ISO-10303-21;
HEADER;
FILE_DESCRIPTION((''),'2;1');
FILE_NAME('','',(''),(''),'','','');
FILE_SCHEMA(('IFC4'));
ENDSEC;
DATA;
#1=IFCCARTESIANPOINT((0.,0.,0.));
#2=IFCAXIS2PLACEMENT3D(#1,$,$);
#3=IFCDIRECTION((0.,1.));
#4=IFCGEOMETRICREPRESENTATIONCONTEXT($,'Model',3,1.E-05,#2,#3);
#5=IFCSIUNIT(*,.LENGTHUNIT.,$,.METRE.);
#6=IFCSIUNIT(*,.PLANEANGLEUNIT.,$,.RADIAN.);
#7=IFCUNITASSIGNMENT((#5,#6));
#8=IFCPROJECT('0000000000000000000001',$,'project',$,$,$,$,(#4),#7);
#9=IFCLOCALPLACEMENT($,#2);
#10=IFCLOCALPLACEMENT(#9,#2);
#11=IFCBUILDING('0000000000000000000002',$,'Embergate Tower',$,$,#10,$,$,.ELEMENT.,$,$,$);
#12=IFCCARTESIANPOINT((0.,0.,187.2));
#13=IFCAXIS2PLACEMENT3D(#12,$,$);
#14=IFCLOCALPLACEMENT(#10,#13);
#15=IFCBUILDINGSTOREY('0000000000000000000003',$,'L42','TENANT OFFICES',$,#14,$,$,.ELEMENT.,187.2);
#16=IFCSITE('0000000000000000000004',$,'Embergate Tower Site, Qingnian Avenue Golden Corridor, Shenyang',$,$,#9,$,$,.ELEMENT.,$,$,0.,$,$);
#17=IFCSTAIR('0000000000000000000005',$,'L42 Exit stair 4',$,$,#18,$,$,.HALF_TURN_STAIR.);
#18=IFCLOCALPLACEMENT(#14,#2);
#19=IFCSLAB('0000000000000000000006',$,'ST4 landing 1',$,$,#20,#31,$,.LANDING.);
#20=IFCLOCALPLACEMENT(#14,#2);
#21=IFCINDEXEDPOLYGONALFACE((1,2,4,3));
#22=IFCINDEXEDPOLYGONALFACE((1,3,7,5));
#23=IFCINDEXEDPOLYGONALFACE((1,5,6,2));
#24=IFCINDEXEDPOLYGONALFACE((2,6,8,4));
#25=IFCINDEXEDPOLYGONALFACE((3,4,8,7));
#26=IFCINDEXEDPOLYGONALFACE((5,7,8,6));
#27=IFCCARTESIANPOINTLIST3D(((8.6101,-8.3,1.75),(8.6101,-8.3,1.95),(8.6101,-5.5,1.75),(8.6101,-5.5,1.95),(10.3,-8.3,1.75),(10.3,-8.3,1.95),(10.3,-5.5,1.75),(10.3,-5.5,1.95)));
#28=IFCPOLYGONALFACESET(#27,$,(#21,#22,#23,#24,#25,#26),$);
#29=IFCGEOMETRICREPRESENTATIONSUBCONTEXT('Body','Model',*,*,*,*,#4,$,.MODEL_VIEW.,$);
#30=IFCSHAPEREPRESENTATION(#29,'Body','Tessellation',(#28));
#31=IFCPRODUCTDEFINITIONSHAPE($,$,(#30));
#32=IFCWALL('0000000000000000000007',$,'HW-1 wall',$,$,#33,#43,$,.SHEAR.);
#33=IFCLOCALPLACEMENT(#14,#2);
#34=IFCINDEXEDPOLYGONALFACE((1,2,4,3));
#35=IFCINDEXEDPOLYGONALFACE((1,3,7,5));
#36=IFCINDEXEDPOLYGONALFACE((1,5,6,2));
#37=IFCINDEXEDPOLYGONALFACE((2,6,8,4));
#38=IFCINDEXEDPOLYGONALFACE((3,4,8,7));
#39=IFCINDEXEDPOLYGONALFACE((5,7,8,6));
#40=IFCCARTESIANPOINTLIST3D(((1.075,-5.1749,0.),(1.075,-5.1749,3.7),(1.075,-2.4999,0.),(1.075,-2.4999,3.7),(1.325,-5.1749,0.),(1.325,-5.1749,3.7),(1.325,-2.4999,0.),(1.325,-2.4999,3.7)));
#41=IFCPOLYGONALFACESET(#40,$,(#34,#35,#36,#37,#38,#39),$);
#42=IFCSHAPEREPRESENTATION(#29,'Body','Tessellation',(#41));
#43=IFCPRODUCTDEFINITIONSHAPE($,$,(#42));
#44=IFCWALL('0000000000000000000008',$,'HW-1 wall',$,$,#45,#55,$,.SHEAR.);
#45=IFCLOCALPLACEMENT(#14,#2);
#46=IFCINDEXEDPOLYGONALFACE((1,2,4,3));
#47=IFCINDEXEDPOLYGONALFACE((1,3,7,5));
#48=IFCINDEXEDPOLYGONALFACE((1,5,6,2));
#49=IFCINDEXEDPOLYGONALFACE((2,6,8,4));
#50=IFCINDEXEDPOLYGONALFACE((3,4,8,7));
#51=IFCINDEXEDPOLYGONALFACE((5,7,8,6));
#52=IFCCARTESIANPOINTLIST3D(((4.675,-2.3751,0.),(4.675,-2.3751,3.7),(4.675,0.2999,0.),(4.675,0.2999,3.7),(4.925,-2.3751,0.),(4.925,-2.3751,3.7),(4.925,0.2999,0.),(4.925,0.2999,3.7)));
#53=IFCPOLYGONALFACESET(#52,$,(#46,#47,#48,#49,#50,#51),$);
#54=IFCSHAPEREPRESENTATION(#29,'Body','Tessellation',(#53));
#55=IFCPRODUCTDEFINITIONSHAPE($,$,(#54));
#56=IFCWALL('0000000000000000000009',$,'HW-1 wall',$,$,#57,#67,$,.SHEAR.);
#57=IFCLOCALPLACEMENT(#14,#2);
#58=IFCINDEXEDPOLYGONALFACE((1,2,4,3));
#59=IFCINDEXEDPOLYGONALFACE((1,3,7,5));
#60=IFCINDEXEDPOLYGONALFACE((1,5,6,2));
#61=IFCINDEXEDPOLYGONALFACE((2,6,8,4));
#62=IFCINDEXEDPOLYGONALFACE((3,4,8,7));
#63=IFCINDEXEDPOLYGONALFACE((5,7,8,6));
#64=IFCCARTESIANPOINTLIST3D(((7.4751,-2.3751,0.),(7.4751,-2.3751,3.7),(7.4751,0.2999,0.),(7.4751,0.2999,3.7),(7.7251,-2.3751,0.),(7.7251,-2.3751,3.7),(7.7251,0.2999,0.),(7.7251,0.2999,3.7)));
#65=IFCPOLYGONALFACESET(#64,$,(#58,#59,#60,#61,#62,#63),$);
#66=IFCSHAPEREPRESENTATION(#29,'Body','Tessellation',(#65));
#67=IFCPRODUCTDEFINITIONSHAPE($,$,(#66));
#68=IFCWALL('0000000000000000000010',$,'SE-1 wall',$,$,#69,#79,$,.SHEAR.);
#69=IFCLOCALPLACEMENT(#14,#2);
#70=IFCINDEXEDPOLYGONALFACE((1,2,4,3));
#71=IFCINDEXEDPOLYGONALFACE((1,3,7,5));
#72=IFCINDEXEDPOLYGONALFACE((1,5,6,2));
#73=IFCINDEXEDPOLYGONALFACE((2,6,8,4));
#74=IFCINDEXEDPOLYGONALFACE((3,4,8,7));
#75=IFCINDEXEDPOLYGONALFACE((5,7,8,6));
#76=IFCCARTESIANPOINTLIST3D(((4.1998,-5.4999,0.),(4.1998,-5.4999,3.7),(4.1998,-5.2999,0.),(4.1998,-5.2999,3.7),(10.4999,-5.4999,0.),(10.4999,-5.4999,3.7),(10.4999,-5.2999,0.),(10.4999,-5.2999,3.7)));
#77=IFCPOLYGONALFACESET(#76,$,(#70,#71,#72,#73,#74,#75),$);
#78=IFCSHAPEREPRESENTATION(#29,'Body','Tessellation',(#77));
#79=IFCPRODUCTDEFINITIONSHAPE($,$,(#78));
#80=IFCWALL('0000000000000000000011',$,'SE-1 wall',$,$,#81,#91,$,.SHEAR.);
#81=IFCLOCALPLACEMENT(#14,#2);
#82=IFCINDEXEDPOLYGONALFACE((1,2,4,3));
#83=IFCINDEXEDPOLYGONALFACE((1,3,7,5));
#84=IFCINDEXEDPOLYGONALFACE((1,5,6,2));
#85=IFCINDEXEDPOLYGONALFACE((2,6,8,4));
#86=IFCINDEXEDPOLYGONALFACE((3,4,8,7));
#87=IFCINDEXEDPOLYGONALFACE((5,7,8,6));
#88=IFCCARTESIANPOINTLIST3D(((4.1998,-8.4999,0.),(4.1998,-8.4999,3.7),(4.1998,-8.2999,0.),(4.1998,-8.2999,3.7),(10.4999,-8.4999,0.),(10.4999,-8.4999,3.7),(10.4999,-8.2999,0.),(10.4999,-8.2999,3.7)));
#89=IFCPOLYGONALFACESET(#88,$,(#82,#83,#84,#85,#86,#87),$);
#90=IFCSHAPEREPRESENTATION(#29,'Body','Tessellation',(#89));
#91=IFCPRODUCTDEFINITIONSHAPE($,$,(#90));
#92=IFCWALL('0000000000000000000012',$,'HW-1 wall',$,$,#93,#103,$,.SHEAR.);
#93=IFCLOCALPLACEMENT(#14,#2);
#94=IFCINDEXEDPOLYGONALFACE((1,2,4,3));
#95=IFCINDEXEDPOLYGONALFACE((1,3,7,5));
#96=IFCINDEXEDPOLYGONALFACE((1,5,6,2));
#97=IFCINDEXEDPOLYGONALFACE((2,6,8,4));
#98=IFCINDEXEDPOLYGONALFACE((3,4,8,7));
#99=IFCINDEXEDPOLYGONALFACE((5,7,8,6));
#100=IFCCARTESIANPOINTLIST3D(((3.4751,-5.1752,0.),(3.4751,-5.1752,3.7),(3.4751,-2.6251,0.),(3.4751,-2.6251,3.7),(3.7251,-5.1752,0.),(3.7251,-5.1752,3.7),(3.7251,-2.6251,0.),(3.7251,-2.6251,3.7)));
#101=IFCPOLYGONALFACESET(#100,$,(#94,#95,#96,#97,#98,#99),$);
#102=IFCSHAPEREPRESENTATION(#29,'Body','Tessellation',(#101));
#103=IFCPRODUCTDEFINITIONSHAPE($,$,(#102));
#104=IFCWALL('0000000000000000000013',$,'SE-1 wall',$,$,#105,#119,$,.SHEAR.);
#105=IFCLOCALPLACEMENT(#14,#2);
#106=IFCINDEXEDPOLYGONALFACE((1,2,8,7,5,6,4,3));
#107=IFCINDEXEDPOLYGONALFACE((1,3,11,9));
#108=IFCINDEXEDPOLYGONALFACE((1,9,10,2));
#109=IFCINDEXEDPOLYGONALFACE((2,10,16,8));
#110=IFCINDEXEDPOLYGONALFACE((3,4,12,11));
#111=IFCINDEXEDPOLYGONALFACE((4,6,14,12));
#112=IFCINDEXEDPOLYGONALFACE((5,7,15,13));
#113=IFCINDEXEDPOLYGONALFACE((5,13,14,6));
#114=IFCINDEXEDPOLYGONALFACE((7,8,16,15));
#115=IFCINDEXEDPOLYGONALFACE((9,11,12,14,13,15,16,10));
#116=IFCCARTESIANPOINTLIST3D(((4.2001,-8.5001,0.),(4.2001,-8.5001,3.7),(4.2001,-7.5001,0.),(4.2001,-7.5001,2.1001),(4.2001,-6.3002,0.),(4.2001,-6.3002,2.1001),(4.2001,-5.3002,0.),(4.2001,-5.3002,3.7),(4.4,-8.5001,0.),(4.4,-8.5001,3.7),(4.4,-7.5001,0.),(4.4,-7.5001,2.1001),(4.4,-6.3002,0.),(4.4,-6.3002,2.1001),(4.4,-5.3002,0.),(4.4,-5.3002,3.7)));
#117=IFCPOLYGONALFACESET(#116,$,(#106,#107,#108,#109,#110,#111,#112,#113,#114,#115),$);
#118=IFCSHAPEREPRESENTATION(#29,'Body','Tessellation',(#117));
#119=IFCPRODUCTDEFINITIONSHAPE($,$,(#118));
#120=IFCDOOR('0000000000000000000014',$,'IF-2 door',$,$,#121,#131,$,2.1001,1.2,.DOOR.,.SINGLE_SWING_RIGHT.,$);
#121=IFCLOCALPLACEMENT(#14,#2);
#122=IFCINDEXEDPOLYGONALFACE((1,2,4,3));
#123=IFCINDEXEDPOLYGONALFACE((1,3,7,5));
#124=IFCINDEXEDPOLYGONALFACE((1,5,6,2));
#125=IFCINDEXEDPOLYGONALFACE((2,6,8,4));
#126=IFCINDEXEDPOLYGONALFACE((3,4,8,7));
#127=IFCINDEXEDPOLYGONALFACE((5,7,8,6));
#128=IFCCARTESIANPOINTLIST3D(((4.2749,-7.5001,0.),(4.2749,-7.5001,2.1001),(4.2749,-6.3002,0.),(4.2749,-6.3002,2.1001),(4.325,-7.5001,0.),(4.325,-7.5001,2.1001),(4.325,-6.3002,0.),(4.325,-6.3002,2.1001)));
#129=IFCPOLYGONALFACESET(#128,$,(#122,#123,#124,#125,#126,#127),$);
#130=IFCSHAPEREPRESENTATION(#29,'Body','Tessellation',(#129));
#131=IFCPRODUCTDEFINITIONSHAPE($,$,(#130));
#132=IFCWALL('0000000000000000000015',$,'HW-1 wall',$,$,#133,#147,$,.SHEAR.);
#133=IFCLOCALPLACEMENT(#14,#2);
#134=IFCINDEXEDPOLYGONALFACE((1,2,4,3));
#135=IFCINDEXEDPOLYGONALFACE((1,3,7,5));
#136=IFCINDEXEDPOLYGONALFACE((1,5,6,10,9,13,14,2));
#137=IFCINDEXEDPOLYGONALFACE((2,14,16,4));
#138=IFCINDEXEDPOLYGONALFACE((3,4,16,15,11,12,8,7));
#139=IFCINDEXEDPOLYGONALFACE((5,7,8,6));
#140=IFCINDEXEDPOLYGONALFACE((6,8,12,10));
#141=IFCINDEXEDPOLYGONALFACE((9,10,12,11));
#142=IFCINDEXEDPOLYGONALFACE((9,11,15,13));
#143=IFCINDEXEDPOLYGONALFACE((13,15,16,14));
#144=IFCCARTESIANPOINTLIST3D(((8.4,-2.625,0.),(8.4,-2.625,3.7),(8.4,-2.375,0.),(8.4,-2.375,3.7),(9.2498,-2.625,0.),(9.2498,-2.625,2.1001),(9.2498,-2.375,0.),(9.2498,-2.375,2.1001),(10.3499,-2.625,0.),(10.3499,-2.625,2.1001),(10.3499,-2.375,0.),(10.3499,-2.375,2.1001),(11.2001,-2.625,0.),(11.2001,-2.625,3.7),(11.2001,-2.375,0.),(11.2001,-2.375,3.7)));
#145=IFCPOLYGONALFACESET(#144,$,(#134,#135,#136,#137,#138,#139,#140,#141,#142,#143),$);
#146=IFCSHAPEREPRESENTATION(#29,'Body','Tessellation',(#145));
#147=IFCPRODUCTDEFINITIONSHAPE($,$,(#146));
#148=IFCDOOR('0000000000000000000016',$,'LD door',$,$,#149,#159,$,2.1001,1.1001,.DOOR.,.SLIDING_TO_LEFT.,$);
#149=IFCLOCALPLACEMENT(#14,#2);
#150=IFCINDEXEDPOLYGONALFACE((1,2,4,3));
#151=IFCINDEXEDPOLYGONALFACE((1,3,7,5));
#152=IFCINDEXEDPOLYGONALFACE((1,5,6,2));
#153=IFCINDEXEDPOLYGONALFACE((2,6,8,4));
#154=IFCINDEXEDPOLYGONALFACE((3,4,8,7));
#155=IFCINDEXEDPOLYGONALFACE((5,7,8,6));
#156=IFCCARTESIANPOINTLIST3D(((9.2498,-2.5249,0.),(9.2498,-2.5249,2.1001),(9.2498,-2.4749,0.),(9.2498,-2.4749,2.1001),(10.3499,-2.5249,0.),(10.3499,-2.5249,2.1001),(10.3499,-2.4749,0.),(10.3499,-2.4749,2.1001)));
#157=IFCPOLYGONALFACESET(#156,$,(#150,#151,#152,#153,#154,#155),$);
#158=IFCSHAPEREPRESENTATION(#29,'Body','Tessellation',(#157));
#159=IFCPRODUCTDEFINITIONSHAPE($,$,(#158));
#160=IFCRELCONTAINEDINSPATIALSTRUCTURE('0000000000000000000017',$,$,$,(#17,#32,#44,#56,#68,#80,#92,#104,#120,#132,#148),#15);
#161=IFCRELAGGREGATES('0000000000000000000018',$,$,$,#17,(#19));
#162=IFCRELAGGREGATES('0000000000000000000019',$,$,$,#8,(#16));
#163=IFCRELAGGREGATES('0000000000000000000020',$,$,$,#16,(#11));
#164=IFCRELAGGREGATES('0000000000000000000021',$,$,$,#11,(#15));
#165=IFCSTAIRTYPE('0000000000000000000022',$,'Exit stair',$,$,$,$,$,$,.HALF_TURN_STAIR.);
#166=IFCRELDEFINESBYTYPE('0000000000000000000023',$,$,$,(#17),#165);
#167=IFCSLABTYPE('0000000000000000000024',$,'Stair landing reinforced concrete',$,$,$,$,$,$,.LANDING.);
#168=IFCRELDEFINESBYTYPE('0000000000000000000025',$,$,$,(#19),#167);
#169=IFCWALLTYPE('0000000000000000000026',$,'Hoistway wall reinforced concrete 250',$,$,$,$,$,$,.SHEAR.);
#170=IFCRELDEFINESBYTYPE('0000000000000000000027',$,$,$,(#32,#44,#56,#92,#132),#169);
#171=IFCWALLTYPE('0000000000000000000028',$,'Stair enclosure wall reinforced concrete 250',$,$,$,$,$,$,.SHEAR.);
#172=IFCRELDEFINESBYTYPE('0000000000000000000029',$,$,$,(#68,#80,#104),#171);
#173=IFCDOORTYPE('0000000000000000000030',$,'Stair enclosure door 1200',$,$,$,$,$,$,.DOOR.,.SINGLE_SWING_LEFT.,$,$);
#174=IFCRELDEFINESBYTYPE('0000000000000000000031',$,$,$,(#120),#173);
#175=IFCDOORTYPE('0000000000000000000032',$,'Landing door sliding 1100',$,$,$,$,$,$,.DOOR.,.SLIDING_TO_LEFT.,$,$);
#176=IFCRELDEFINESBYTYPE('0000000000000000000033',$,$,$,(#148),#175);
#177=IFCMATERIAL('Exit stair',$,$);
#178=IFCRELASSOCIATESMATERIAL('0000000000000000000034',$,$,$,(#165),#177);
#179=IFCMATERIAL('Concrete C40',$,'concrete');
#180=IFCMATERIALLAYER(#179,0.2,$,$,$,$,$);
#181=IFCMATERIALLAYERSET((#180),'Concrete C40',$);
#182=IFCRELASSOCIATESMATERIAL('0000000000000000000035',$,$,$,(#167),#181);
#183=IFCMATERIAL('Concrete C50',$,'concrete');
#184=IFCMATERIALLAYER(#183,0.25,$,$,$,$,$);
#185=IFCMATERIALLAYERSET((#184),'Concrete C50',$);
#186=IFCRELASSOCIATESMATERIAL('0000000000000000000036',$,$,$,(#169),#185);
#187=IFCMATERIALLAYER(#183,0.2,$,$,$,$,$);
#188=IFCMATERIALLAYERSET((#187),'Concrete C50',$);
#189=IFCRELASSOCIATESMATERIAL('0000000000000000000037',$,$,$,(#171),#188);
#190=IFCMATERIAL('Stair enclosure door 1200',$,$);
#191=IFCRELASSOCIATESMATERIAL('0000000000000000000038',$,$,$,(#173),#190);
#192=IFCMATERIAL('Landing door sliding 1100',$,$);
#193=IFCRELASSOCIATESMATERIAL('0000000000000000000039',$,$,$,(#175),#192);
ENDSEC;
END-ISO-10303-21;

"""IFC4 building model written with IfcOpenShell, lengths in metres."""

from ifc_helpers import new_model, si_unit, direction, frame, frame_2d, origin, place, context, subcontext, project, spatial, polyline, rectangle, outline, extrude, source, transform, mapped, material, layer, layer_set, type_object, element, fill, aggregate, save


model = new_model("IFC4")

# Units and contexts
model_context = context("Model", 3, precision=1e-05, world=origin(), true_north=direction((0.0, 1.0)))
body_context = subcontext(model_context, "Body", "Model", "MODEL_VIEW")
ifc_project = project(units=[si_unit("LENGTHUNIT", "METRE"), si_unit("PLANEANGLEUNIT", "RADIAN")], contexts=[model_context])

# Site, building, storey
site_placement = place(None, origin())
site = spatial("IfcSite", under=ifc_project, at=site_placement, Name="Embergate Tower Site, Qingnian Avenue Golden Corridor, Shenyang", CompositionType="ELEMENT", RefElevation=0.0)
building_placement = place(site_placement, origin())
building = spatial("IfcBuilding", under=site, at=building_placement, Name="Embergate Tower", CompositionType="ELEMENT")
storey_placement = place(building_placement, frame((0.0, 0.0, 187.2)))
storey = spatial("IfcBuildingStorey", under=building, at=storey_placement, Name="L42", Description="TENANT OFFICES", CompositionType="ELEMENT", Elevation=187.2)

# Stair, slab
ifc_material_1 = material(Name="Exit stair")
stair_type = type_object("IfcStairType", Name="Exit stair", PredefinedType="HALF_TURN_STAIR", material=ifc_material_1)
stair_placement = place(storey_placement, origin())
stair = element("IfcStair", 1, at=stair_placement, inside=storey, type_object=stair_type, Name="L42 Exit stair 4", PredefinedType="HALF_TURN_STAIR")
ifc_material_2 = material(Name="Concrete C40", Category="concrete")
ifc_layer_1 = layer(ifc_material_2, 0.2)
ifc_layer_set_1 = layer_set([ifc_layer_1], Name="Concrete C40")
slab_type = type_object("IfcSlabType", Name="Stair landing reinforced concrete", PredefinedType="LANDING", material=ifc_layer_set_1)
shared_shape_1 = source(origin(), body_context, "Body", "SweptSolid", [
    extrude(outline(polyline([(0.0, 0.0), (1.6899, 0.0), (1.6899, 2.8), (0.0, 2.8), (0.0, 0.0)])), origin(), (0.0, 0.0, 1.0), 0.2),
])
slab_placement = place(storey_placement, frame((8.6101, -8.3, 1.75)))
slab = element("IfcSlab", 2, at=slab_placement, type_object=slab_type, Name="ST4 landing 1", PredefinedType="LANDING", context=body_context, shape_type="MappedRepresentation", body=[
    mapped(shared_shape_1, transform((0.0, 0.0, 0.0))),
])

# Walls
ifc_material_3 = material(Name="Concrete C50", Category="concrete")
ifc_layer_2 = layer(ifc_material_3, 0.25)
ifc_layer_set_2 = layer_set([ifc_layer_2], Name="Concrete C50")
wall_type_1 = type_object("IfcWallType", Name="Hoistway wall reinforced concrete 250", PredefinedType="SHEAR", material=ifc_layer_set_2)
shared_shape_2 = source(origin(), body_context, "Body", "SweptSolid", [
    extrude(rectangle(XDim=2.675, YDim=0.25, at=frame_2d((1.3374, 0.0))), origin(), (0.0, 0.0, 1.0), 3.7),
])
for number, where, z_axis, x_axis, name in (
    (3, (1.2, -2.5, 0.0), (0.0, 0.0, 1.0), (0.0, -1.0, 0.0), "HW-1 wall"),
    (4, (4.8, -2.375, 0.0), (0.0, 0.0, 1.0), (0.0, 1.0, 0.0), "HW-1 wall"),
    (5, (7.6001, -2.375, 0.0), (0.0, 0.0, 1.0), (0.0, 1.0, 0.0), "HW-1 wall"),
):
    element("IfcWall", number, at=place(storey_placement, frame(where, z_axis=z_axis, x_axis=x_axis)), inside=storey, type_object=wall_type_1, Name=name, PredefinedType="SHEAR", context=body_context, shape_type="MappedRepresentation", body=[
        mapped(shared_shape_2, transform((0.0, 0.0, 0.0))),
    ])
ifc_layer_3 = layer(ifc_material_3, 0.2)
ifc_layer_set_3 = layer_set([ifc_layer_3], Name="Concrete C50")
wall_type_2 = type_object("IfcWallType", Name="Stair enclosure wall reinforced concrete 250", PredefinedType="SHEAR", material=ifc_layer_set_3)
shared_shape_3 = source(origin(), body_context, "Body", "SweptSolid", [
    extrude(rectangle(XDim=6.3, YDim=0.2, at=frame_2d((3.1499, 0.0))), origin(), (0.0, 0.0, 1.0), 3.7),
])
for number, where, z_axis, x_axis, name in (
    (6, (4.2, -5.3999, 0.0), (0.0, 0.0, 1.0), (1.0, 0.0, 0.0), "SE-1 wall"),
    (7, (4.2, -8.3999, 0.0), (0.0, 0.0, 1.0), (1.0, 0.0, 0.0), "SE-1 wall"),
):
    element("IfcWall", number, at=place(storey_placement, frame(where, z_axis=z_axis, x_axis=x_axis)), inside=storey, type_object=wall_type_2, Name=name, PredefinedType="SHEAR", context=body_context, shape_type="MappedRepresentation", body=[
        mapped(shared_shape_3, transform((0.0, 0.0, 0.0))),
    ])
shared_shape_4 = source(origin(), body_context, "Body", "SweptSolid", [
    extrude(rectangle(XDim=2.55, YDim=0.25, at=frame_2d((1.2749, 0.0))), origin(), (0.0, 0.0, 1.0), 3.7),
])
wall_1_placement = place(storey_placement, frame((3.6001, -5.175, 0.0), z_axis=(0.0, 0.0, 1.0), x_axis=(0.0, 1.0, 0.0)))
element("IfcWall", 8, at=wall_1_placement, inside=storey, type_object=wall_type_1, Name="HW-1 wall", PredefinedType="SHEAR", context=body_context, shape_type="MappedRepresentation", body=[
    mapped(shared_shape_4, transform((0.0, 0.0, 0.0))),
])

# Walls, openings, doors
shared_shape_5 = source(origin(), body_context, "Body", "SweptSolid", [
    extrude(rectangle(XDim=3.2, YDim=0.2, at=frame_2d((1.6001, 0.0))), origin(), (0.0, 0.0, 1.0), 3.7),
])
wall_2_placement = place(storey_placement, frame((4.3, -5.3, 0.0), z_axis=(0.0, 0.0, 1.0), x_axis=(0.0, -1.0, 0.0)))
wall_2 = element("IfcWall", 9, at=wall_2_placement, inside=storey, type_object=wall_type_2, Name="SE-1 wall", PredefinedType="SHEAR", context=body_context, shape_type="MappedRepresentation", body=[
    mapped(shared_shape_5, transform((0.0, 0.0, 0.0))),
])
shared_shape_6 = source(origin(), body_context, "Body", "SweptSolid", [
    extrude(rectangle(XDim=1.2, YDim=2.1001, at=frame_2d((0.6001, 1.05))), frame((0.0, 0.1099, 0.0), z_axis=(0.0, -1.0, 0.0), x_axis=(1.0, 0.0, 0.0)), (0.0, 0.0, 1.0), 0.22),
])
opening_1_placement = place(wall_2_placement, frame((1.0, 0.0, 0.0)))
opening_1 = element("IfcOpeningElement", 10, at=opening_1_placement, cuts=wall_2, PredefinedType="OPENING", context=body_context, shape_type="MappedRepresentation", body=[
    mapped(shared_shape_6, transform((0.0, 0.0, 0.0))),
])
ifc_material_4 = material(Name="Stair enclosure door 1200")
door_type_1 = type_object("IfcDoorType", Name="Stair enclosure door 1200", OperationType="SINGLE_SWING_LEFT", PredefinedType="DOOR", material=ifc_material_4)
shared_shape_7 = source(origin(), body_context, "Body", "SweptSolid", [
    extrude(rectangle(XDim=1.2, YDim=2.1001, at=frame_2d((0.6001, 1.05))), frame((0.0, 0.0249, 0.0), z_axis=(0.0, -1.0, 0.0), x_axis=(1.0, 0.0, 0.0)), (0.0, 0.0, 1.0), 0.05),
])
door_1_placement = place(opening_1_placement, origin())
door_1 = element("IfcDoor", 11, at=door_1_placement, inside=storey, type_object=door_type_1, Name="IF-2 door", OperationType="SINGLE_SWING_RIGHT", OverallHeight=2.1001, OverallWidth=1.2, PredefinedType="DOOR", context=body_context, shape_type="MappedRepresentation", body=[
    mapped(shared_shape_7, transform((0.0, 0.0, 0.0))),
])
fill(opening_1, door_1)
shared_shape_8 = source(origin(), body_context, "Body", "SweptSolid", [
    extrude(rectangle(XDim=2.8, YDim=0.25, at=frame_2d((1.3999, 0.0))), origin(), (0.0, 0.0, 1.0), 3.7),
])
wall_3_placement = place(storey_placement, frame((11.2, -2.5, 0.0), z_axis=(0.0, 0.0, 1.0), x_axis=(-1.0, 0.0, 0.0)))
wall_3 = element("IfcWall", 12, at=wall_3_placement, inside=storey, type_object=wall_type_1, Name="HW-1 wall", PredefinedType="SHEAR", context=body_context, shape_type="MappedRepresentation", body=[
    mapped(shared_shape_8, transform((0.0, 0.0, 0.0))),
])
shared_shape_9 = source(origin(), body_context, "Body", "SweptSolid", [
    extrude(rectangle(XDim=1.1001, YDim=2.1001, at=frame_2d((0.55, 1.05))), frame((0.0, 0.135, 0.0), z_axis=(0.0, -1.0, 0.0), x_axis=(1.0, 0.0, 0.0)), (0.0, 0.0, 1.0), 0.27),
])
opening_2_placement = place(wall_3_placement, frame((0.8501, 0.0, 0.0)))
opening_2 = element("IfcOpeningElement", 13, at=opening_2_placement, cuts=wall_3, PredefinedType="OPENING", context=body_context, shape_type="MappedRepresentation", body=[
    mapped(shared_shape_9, transform((0.0, 0.0, 0.0))),
])
ifc_material_5 = material(Name="Landing door sliding 1100")
door_type_2 = type_object("IfcDoorType", Name="Landing door sliding 1100", OperationType="SLIDING_TO_LEFT", PredefinedType="DOOR", material=ifc_material_5)
shared_shape_10 = source(origin(), body_context, "Body", "SweptSolid", [
    extrude(rectangle(XDim=1.1001, YDim=2.1001, at=frame_2d((0.55, 1.05))), frame((0.0, 0.0249, 0.0), z_axis=(0.0, -1.0, 0.0), x_axis=(1.0, 0.0, 0.0)), (0.0, 0.0, 1.0), 0.05),
])
door_2_placement = place(opening_2_placement, origin())
door_2 = element("IfcDoor", 14, at=door_2_placement, inside=storey, type_object=door_type_2, Name="LD door", OperationType="SLIDING_TO_LEFT", OverallHeight=2.1001, OverallWidth=1.1001, PredefinedType="DOOR", context=body_context, shape_type="MappedRepresentation", body=[
    mapped(shared_shape_10, transform((0.0, 0.0, 0.0))),
])
fill(opening_2, door_2)

aggregate(stair, [slab])

save(model, "model.ifc")
